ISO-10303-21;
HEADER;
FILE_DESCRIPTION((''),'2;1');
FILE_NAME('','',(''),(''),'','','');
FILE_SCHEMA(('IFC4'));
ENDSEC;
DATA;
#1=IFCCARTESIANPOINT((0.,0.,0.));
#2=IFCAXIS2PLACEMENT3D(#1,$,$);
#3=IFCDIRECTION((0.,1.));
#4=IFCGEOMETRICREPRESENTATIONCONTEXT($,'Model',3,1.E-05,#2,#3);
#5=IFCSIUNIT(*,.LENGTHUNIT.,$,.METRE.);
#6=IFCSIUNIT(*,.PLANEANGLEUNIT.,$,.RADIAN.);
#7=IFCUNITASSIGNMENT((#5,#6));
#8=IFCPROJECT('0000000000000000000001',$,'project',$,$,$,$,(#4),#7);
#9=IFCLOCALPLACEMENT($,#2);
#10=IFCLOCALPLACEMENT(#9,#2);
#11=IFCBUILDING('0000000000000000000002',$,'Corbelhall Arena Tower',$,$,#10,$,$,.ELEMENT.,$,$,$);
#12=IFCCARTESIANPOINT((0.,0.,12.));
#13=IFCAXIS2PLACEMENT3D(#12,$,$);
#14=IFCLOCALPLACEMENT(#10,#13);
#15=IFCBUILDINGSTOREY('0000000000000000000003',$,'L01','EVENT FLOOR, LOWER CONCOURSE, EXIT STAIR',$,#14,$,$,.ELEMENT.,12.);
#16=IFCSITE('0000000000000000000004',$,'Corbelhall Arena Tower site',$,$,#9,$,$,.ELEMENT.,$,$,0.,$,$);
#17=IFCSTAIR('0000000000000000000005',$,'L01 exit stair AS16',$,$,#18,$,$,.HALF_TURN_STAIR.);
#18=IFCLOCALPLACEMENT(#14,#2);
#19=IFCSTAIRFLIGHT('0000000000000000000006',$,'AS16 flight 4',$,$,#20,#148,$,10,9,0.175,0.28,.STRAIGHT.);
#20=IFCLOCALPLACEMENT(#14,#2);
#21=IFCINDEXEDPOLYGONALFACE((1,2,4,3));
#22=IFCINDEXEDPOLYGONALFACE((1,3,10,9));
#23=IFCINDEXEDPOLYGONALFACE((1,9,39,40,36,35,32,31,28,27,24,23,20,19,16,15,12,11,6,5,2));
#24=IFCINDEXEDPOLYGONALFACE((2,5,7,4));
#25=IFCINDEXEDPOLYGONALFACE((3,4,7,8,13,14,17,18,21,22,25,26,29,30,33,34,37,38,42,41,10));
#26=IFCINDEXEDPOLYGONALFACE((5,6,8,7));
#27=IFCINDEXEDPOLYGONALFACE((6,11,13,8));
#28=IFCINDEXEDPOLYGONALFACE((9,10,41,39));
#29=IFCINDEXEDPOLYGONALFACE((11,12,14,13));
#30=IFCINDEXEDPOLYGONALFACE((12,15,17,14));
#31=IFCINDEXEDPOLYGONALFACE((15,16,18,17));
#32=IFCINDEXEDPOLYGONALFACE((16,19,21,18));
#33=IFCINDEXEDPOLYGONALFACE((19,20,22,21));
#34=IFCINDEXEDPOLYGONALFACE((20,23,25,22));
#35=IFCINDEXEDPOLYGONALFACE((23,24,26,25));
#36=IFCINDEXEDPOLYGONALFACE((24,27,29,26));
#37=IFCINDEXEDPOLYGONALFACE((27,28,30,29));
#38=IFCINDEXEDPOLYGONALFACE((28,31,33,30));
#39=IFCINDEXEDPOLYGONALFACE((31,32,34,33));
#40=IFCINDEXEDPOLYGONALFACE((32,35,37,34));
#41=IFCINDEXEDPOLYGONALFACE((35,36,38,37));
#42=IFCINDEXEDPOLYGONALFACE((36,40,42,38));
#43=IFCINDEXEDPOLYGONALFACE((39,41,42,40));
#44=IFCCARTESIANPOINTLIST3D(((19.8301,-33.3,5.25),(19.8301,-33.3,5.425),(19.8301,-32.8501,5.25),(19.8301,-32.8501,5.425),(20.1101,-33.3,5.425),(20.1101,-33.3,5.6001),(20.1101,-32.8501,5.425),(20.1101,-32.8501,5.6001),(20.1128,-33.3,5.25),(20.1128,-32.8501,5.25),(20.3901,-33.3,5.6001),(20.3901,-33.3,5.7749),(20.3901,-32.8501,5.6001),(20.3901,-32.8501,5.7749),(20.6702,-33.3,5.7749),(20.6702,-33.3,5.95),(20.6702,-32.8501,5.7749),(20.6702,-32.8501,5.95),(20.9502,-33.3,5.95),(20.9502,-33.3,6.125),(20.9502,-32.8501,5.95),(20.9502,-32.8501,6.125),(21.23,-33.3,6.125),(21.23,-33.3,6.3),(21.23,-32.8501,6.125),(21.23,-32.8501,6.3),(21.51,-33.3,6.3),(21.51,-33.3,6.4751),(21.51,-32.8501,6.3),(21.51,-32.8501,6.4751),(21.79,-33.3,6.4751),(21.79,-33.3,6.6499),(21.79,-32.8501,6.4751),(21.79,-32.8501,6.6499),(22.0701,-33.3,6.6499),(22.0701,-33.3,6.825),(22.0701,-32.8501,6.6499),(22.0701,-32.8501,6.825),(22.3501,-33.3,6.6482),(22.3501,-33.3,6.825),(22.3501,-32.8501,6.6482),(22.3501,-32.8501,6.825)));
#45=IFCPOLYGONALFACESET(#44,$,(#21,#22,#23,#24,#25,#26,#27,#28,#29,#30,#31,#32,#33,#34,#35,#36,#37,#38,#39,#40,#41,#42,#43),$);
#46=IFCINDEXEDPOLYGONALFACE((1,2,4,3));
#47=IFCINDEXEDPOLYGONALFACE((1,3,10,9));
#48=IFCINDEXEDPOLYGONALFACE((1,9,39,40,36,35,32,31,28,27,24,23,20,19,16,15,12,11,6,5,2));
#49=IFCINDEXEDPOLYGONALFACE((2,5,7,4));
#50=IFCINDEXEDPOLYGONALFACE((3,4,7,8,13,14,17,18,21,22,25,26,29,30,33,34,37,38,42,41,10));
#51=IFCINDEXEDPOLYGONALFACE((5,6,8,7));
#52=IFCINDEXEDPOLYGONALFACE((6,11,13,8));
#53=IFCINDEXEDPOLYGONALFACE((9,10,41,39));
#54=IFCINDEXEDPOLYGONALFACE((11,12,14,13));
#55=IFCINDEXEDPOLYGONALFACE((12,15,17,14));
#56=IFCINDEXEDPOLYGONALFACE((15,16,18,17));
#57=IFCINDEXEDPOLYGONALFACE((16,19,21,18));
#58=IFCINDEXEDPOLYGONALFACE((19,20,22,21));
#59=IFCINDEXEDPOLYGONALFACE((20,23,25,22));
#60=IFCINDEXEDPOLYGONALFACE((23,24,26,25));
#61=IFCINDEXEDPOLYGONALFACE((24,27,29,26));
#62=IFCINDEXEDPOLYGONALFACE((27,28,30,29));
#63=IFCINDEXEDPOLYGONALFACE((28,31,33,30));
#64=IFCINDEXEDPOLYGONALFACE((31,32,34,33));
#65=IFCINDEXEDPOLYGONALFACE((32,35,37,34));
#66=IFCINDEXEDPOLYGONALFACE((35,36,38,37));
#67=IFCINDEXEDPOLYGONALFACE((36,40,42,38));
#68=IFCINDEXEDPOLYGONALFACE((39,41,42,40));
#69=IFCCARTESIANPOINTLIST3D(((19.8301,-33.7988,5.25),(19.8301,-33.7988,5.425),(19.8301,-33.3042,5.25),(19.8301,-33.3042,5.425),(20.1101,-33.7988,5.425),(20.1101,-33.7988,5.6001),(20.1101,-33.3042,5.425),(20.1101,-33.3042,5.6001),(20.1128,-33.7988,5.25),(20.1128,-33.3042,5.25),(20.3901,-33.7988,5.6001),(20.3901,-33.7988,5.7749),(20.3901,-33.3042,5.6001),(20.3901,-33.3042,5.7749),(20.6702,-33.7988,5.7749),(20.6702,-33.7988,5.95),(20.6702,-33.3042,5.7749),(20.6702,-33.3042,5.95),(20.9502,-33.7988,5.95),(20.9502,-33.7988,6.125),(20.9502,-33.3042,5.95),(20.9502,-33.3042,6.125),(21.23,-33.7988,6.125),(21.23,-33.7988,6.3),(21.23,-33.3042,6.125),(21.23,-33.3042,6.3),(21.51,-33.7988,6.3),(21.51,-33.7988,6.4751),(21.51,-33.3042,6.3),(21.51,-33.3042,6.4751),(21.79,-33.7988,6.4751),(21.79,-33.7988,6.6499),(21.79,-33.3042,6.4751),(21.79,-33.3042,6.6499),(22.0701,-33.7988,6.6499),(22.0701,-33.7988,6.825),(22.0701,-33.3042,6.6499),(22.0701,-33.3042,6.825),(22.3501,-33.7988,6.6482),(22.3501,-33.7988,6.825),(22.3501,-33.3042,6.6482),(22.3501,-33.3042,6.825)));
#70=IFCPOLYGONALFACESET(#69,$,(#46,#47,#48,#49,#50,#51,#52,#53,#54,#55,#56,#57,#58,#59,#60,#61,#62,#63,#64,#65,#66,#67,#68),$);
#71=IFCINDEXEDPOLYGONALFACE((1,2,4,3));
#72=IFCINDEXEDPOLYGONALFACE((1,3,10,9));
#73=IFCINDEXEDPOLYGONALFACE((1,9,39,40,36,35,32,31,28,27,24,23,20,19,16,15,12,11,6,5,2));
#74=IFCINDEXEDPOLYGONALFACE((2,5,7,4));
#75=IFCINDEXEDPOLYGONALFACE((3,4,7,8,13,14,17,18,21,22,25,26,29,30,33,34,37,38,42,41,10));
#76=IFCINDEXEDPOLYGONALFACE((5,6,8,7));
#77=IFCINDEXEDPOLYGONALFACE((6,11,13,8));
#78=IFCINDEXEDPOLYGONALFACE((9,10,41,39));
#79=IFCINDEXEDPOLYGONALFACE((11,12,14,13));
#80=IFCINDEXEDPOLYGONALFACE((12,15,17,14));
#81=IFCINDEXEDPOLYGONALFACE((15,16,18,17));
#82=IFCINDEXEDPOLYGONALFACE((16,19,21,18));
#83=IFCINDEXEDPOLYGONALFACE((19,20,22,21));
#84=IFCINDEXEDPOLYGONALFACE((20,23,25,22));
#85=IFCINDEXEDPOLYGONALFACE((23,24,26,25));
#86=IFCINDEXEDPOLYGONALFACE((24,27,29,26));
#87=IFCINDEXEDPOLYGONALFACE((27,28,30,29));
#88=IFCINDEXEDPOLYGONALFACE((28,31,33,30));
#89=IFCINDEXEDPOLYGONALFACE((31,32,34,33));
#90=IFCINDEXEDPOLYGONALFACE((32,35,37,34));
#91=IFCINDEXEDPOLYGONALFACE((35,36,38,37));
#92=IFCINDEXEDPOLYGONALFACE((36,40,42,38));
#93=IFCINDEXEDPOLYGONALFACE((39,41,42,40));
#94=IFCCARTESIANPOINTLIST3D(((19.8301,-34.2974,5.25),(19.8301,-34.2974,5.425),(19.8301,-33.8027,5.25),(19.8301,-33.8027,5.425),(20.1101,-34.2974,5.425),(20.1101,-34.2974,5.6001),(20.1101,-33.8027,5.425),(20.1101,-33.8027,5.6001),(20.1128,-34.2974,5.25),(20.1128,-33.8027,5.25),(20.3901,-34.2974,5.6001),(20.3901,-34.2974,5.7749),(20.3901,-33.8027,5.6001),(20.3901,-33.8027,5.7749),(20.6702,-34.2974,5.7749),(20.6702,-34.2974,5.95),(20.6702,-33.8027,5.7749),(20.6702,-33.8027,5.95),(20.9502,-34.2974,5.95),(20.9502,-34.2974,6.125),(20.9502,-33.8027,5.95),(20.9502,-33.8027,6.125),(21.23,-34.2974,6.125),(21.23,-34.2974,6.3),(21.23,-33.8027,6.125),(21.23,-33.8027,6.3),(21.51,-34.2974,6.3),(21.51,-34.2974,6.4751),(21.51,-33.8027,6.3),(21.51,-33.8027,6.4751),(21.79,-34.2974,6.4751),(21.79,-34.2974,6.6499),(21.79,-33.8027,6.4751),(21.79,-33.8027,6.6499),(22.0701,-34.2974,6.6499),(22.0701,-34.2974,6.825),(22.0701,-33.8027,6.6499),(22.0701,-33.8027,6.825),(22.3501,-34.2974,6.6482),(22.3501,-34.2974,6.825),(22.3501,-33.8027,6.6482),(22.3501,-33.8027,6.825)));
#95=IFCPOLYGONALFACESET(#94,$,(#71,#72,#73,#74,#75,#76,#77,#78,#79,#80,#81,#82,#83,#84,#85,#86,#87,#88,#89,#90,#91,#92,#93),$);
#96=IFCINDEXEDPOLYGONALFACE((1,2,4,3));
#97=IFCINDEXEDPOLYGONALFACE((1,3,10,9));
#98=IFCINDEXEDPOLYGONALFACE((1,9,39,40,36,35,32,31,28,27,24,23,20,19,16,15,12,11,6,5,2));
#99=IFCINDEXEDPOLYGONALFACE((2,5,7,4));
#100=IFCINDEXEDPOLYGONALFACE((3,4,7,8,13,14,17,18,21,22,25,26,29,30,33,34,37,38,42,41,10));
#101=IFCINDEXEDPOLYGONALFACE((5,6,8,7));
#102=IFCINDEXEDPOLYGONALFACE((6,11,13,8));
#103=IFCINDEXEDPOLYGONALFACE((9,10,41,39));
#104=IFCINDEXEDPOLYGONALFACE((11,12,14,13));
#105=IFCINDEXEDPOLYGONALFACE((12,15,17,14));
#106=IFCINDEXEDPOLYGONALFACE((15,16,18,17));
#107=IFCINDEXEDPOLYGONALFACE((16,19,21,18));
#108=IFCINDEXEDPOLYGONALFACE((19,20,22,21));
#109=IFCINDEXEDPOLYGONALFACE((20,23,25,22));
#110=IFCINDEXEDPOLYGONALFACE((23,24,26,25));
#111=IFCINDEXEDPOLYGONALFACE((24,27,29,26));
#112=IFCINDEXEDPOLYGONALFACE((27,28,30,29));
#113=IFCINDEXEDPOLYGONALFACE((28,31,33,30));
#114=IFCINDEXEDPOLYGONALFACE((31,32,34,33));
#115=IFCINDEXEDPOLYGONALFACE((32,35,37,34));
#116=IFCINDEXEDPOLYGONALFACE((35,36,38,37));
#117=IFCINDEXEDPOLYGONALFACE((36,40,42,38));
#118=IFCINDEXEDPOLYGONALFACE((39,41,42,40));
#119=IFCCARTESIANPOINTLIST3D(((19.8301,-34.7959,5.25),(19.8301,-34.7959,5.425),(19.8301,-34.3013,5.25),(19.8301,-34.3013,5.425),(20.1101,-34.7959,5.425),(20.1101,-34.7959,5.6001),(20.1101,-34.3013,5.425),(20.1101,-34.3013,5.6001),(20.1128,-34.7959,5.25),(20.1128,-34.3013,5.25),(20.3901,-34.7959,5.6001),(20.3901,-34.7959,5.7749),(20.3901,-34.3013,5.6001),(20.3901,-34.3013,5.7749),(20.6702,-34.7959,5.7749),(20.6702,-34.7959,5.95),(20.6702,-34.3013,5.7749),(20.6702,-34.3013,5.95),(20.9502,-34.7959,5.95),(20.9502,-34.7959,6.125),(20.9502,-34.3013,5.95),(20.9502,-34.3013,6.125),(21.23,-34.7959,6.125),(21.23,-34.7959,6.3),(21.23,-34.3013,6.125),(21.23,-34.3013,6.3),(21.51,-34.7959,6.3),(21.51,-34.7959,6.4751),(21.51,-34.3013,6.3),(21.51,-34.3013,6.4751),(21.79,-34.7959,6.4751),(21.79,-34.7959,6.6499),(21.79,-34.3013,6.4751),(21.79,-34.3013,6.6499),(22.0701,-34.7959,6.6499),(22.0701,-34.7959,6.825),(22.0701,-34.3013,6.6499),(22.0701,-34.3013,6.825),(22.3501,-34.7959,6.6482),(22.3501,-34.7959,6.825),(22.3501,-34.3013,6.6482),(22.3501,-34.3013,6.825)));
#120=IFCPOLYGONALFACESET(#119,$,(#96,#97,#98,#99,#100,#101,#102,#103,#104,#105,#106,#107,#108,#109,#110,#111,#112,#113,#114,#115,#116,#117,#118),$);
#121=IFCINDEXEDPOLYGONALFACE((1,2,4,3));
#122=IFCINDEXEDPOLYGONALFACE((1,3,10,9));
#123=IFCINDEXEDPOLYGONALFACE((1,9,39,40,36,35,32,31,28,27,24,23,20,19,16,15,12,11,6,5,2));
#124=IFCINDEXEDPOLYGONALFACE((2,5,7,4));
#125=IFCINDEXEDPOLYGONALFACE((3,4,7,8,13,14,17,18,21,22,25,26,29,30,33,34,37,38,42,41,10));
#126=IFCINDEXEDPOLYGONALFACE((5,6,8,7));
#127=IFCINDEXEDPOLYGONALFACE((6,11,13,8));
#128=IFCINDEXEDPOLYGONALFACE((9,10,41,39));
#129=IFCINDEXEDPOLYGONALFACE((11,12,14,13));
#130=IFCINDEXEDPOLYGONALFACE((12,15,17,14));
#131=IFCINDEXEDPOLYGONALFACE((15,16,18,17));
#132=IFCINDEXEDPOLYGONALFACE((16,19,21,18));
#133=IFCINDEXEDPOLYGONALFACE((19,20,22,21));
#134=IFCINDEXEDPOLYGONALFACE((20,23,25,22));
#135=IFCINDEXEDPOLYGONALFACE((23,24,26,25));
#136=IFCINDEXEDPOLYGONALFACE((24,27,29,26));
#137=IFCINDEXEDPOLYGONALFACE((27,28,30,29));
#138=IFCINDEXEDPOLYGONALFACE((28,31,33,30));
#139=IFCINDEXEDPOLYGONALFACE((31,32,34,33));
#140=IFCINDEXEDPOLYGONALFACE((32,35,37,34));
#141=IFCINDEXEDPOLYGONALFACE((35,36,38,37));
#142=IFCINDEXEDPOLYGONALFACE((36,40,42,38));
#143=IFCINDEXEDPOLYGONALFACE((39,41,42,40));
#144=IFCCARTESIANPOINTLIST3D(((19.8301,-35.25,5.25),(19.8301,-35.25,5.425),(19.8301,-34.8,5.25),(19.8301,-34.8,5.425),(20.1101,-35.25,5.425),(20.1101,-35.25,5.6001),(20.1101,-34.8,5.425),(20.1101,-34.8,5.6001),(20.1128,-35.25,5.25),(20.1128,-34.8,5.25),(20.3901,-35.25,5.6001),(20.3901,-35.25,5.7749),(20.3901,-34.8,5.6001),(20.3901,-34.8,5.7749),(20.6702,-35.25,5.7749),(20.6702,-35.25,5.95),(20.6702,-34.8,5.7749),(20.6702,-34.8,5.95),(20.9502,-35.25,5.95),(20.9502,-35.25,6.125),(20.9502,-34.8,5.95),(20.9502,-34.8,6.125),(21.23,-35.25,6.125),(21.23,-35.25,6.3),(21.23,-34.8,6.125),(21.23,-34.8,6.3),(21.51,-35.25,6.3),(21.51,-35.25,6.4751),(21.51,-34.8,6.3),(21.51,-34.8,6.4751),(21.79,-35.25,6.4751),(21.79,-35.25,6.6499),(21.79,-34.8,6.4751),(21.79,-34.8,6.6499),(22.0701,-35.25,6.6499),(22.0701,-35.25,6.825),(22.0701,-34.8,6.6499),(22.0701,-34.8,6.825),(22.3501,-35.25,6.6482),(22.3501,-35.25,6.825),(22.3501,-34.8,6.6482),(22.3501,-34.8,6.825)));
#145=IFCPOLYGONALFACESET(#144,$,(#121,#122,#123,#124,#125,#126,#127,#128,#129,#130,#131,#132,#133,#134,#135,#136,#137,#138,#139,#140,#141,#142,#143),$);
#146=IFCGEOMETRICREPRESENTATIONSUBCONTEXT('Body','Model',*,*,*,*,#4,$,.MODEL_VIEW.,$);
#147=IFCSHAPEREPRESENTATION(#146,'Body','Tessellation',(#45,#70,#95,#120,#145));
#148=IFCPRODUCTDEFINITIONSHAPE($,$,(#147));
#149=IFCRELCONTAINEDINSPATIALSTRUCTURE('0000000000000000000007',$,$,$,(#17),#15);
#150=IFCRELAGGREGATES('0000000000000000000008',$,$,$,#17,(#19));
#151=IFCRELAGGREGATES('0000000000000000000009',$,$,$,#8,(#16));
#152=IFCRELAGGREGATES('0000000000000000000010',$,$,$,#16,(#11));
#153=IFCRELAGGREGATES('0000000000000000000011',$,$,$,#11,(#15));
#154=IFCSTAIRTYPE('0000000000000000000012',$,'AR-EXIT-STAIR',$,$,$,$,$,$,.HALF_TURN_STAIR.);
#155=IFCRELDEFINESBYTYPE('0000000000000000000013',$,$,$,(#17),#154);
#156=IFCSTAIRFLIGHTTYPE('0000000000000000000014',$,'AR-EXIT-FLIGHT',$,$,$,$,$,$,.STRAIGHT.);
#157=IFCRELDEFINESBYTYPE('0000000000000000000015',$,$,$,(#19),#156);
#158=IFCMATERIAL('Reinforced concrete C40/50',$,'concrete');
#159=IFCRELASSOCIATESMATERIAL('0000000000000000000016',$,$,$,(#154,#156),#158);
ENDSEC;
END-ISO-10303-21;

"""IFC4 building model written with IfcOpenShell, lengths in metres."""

from ifc_helpers import new_model, si_unit, direction, frame, origin, place, context, subcontext, project, spatial, polyline, outline, extrude, material, type_object, element, aggregate, save


model = new_model("IFC4")

# Units and contexts
model_context = context("Model", 3, precision=1e-05, world=origin(), true_north=direction((0.0, 1.0)))
body_context = subcontext(model_context, "Body", "Model", "MODEL_VIEW")
ifc_project = project(units=[si_unit("LENGTHUNIT", "METRE"), si_unit("PLANEANGLEUNIT", "RADIAN")], contexts=[model_context])

# Site, building, storey
site_placement = place(None, origin())
site = spatial("IfcSite", under=ifc_project, at=site_placement, Name="Corbelhall Arena Tower site", CompositionType="ELEMENT", RefElevation=0.0)
building_placement = place(site_placement, origin())
building = spatial("IfcBuilding", under=site, at=building_placement, Name="Corbelhall Arena Tower", CompositionType="ELEMENT")
storey_placement = place(building_placement, frame((0.0, 0.0, 12.0)))
storey = spatial("IfcBuildingStorey", under=building, at=storey_placement, Name="L01", Description="EVENT FLOOR, LOWER CONCOURSE, EXIT STAIR", CompositionType="ELEMENT", Elevation=12.0)

# Shared definitions
ifc_material_1 = material(Name="Reinforced concrete C40/50", Category="concrete")

# Stair, stair flight
stair_type = type_object("IfcStairType", Name="AR-EXIT-STAIR", PredefinedType="HALF_TURN_STAIR", material=ifc_material_1)
stair_placement = place(storey_placement, origin())
stair = element("IfcStair", 1, at=stair_placement, inside=storey, type_object=stair_type, Name="L01 exit stair AS16", PredefinedType="HALF_TURN_STAIR")
stair_flight_type = type_object("IfcStairFlightType", Name="AR-EXIT-FLIGHT", PredefinedType="STRAIGHT", material=ifc_material_1)
stair_flight_1_placement = place(storey_placement, frame((19.8301, -34.05, 5.25), z_axis=(0.0, 0.0, 1.0), x_axis=(1.0, 0.0, 0.0)))
stair_flight_1 = element("IfcStairFlight", 2, at=stair_flight_1_placement, type_object=stair_flight_type, Name="AS16 flight 4", NumberOfRisers=10, NumberOfTreads=9, PredefinedType="STRAIGHT", RiserHeight=0.175, TreadLength=0.28, context=body_context, shape_type="SweptSolid", body=[
    extrude(outline(polyline([(0.0, 0.0), (0.0, 0.175), (0.28, 0.175), (0.28, 0.3501), (0.5601, 0.3501), (0.5601, 0.5249), (0.8401, 0.5249), (0.8401, 0.7), (1.1201, 0.7), (1.1201, 0.875), (1.3999, 0.875), (1.3999, 1.05), (1.6799, 1.05), (1.6799, 1.2251), (1.96, 1.2251), (1.96, 1.3999), (2.24, 1.3999), (2.24, 1.575), (2.52, 1.575), (2.52, 1.75), (2.52, 1.3982), (0.2827, 0.0), (0.0, 0.0)])), frame((0.0, 1.2, 0.0), z_axis=(0.0, -1.0, 0.0), x_axis=(1.0, 0.0, 0.0)), (0.0, 0.0, 1.0), 0.45),
    extrude(outline(polyline([(0.0, 0.0), (0.0, 0.175), (0.28, 0.175), (0.28, 0.3501), (0.5601, 0.3501), (0.5601, 0.5249), (0.8401, 0.5249), (0.8401, 0.7), (1.1201, 0.7), (1.1201, 0.875), (1.3999, 0.875), (1.3999, 1.05), (1.6799, 1.05), (1.6799, 1.2251), (1.96, 1.2251), (1.96, 1.3999), (2.24, 1.3999), (2.24, 1.575), (2.52, 1.575), (2.52, 1.75), (2.52, 1.3982), (0.2827, 0.0), (0.0, 0.0)])), frame((0.0, 0.7458, 0.0), z_axis=(0.0, -1.0, 0.0), x_axis=(1.0, 0.0, 0.0)), (0.0, 0.0, 1.0), 0.4946),
    extrude(outline(polyline([(0.0, 0.0), (0.0, 0.175), (0.28, 0.175), (0.28, 0.3501), (0.5601, 0.3501), (0.5601, 0.5249), (0.8401, 0.5249), (0.8401, 0.7), (1.1201, 0.7), (1.1201, 0.875), (1.3999, 0.875), (1.3999, 1.05), (1.6799, 1.05), (1.6799, 1.2251), (1.96, 1.2251), (1.96, 1.3999), (2.24, 1.3999), (2.24, 1.575), (2.52, 1.575), (2.52, 1.75), (2.52, 1.3982), (0.2827, 0.0), (0.0, 0.0)])), frame((0.0, 0.2473, 0.0), z_axis=(0.0, -1.0, 0.0), x_axis=(1.0, 0.0, 0.0)), (0.0, 0.0, 1.0), 0.4946),
    extrude(outline(polyline([(0.0, 0.0), (0.0, 0.175), (0.28, 0.175), (0.28, 0.3501), (0.5601, 0.3501), (0.5601, 0.5249), (0.8401, 0.5249), (0.8401, 0.7), (1.1201, 0.7), (1.1201, 0.875), (1.3999, 0.875), (1.3999, 1.05), (1.6799, 1.05), (1.6799, 1.2251), (1.96, 1.2251), (1.96, 1.3999), (2.24, 1.3999), (2.24, 1.575), (2.52, 1.575), (2.52, 1.75), (2.52, 1.3982), (0.2827, 0.0), (0.0, 0.0)])), frame((0.0, -0.2512, 0.0), z_axis=(0.0, -1.0, 0.0), x_axis=(1.0, 0.0, 0.0)), (0.0, 0.0, 1.0), 0.4946),
    extrude(outline(polyline([(0.0, 0.0), (0.0, 0.175), (0.28, 0.175), (0.28, 0.3501), (0.5601, 0.3501), (0.5601, 0.5249), (0.8401, 0.5249), (0.8401, 0.7), (1.1201, 0.7), (1.1201, 0.875), (1.3999, 0.875), (1.3999, 1.05), (1.6799, 1.05), (1.6799, 1.2251), (1.96, 1.2251), (1.96, 1.3999), (2.24, 1.3999), (2.24, 1.575), (2.52, 1.575), (2.52, 1.75), (2.52, 1.3982), (0.2827, 0.0), (0.0, 0.0)])), frame((0.0, -0.75, 0.0), z_axis=(0.0, -1.0, 0.0), x_axis=(1.0, 0.0, 0.0)), (0.0, 0.0, 1.0), 0.45),
])
aggregate(stair, [stair_flight_1])

save(model, "model.ifc")
